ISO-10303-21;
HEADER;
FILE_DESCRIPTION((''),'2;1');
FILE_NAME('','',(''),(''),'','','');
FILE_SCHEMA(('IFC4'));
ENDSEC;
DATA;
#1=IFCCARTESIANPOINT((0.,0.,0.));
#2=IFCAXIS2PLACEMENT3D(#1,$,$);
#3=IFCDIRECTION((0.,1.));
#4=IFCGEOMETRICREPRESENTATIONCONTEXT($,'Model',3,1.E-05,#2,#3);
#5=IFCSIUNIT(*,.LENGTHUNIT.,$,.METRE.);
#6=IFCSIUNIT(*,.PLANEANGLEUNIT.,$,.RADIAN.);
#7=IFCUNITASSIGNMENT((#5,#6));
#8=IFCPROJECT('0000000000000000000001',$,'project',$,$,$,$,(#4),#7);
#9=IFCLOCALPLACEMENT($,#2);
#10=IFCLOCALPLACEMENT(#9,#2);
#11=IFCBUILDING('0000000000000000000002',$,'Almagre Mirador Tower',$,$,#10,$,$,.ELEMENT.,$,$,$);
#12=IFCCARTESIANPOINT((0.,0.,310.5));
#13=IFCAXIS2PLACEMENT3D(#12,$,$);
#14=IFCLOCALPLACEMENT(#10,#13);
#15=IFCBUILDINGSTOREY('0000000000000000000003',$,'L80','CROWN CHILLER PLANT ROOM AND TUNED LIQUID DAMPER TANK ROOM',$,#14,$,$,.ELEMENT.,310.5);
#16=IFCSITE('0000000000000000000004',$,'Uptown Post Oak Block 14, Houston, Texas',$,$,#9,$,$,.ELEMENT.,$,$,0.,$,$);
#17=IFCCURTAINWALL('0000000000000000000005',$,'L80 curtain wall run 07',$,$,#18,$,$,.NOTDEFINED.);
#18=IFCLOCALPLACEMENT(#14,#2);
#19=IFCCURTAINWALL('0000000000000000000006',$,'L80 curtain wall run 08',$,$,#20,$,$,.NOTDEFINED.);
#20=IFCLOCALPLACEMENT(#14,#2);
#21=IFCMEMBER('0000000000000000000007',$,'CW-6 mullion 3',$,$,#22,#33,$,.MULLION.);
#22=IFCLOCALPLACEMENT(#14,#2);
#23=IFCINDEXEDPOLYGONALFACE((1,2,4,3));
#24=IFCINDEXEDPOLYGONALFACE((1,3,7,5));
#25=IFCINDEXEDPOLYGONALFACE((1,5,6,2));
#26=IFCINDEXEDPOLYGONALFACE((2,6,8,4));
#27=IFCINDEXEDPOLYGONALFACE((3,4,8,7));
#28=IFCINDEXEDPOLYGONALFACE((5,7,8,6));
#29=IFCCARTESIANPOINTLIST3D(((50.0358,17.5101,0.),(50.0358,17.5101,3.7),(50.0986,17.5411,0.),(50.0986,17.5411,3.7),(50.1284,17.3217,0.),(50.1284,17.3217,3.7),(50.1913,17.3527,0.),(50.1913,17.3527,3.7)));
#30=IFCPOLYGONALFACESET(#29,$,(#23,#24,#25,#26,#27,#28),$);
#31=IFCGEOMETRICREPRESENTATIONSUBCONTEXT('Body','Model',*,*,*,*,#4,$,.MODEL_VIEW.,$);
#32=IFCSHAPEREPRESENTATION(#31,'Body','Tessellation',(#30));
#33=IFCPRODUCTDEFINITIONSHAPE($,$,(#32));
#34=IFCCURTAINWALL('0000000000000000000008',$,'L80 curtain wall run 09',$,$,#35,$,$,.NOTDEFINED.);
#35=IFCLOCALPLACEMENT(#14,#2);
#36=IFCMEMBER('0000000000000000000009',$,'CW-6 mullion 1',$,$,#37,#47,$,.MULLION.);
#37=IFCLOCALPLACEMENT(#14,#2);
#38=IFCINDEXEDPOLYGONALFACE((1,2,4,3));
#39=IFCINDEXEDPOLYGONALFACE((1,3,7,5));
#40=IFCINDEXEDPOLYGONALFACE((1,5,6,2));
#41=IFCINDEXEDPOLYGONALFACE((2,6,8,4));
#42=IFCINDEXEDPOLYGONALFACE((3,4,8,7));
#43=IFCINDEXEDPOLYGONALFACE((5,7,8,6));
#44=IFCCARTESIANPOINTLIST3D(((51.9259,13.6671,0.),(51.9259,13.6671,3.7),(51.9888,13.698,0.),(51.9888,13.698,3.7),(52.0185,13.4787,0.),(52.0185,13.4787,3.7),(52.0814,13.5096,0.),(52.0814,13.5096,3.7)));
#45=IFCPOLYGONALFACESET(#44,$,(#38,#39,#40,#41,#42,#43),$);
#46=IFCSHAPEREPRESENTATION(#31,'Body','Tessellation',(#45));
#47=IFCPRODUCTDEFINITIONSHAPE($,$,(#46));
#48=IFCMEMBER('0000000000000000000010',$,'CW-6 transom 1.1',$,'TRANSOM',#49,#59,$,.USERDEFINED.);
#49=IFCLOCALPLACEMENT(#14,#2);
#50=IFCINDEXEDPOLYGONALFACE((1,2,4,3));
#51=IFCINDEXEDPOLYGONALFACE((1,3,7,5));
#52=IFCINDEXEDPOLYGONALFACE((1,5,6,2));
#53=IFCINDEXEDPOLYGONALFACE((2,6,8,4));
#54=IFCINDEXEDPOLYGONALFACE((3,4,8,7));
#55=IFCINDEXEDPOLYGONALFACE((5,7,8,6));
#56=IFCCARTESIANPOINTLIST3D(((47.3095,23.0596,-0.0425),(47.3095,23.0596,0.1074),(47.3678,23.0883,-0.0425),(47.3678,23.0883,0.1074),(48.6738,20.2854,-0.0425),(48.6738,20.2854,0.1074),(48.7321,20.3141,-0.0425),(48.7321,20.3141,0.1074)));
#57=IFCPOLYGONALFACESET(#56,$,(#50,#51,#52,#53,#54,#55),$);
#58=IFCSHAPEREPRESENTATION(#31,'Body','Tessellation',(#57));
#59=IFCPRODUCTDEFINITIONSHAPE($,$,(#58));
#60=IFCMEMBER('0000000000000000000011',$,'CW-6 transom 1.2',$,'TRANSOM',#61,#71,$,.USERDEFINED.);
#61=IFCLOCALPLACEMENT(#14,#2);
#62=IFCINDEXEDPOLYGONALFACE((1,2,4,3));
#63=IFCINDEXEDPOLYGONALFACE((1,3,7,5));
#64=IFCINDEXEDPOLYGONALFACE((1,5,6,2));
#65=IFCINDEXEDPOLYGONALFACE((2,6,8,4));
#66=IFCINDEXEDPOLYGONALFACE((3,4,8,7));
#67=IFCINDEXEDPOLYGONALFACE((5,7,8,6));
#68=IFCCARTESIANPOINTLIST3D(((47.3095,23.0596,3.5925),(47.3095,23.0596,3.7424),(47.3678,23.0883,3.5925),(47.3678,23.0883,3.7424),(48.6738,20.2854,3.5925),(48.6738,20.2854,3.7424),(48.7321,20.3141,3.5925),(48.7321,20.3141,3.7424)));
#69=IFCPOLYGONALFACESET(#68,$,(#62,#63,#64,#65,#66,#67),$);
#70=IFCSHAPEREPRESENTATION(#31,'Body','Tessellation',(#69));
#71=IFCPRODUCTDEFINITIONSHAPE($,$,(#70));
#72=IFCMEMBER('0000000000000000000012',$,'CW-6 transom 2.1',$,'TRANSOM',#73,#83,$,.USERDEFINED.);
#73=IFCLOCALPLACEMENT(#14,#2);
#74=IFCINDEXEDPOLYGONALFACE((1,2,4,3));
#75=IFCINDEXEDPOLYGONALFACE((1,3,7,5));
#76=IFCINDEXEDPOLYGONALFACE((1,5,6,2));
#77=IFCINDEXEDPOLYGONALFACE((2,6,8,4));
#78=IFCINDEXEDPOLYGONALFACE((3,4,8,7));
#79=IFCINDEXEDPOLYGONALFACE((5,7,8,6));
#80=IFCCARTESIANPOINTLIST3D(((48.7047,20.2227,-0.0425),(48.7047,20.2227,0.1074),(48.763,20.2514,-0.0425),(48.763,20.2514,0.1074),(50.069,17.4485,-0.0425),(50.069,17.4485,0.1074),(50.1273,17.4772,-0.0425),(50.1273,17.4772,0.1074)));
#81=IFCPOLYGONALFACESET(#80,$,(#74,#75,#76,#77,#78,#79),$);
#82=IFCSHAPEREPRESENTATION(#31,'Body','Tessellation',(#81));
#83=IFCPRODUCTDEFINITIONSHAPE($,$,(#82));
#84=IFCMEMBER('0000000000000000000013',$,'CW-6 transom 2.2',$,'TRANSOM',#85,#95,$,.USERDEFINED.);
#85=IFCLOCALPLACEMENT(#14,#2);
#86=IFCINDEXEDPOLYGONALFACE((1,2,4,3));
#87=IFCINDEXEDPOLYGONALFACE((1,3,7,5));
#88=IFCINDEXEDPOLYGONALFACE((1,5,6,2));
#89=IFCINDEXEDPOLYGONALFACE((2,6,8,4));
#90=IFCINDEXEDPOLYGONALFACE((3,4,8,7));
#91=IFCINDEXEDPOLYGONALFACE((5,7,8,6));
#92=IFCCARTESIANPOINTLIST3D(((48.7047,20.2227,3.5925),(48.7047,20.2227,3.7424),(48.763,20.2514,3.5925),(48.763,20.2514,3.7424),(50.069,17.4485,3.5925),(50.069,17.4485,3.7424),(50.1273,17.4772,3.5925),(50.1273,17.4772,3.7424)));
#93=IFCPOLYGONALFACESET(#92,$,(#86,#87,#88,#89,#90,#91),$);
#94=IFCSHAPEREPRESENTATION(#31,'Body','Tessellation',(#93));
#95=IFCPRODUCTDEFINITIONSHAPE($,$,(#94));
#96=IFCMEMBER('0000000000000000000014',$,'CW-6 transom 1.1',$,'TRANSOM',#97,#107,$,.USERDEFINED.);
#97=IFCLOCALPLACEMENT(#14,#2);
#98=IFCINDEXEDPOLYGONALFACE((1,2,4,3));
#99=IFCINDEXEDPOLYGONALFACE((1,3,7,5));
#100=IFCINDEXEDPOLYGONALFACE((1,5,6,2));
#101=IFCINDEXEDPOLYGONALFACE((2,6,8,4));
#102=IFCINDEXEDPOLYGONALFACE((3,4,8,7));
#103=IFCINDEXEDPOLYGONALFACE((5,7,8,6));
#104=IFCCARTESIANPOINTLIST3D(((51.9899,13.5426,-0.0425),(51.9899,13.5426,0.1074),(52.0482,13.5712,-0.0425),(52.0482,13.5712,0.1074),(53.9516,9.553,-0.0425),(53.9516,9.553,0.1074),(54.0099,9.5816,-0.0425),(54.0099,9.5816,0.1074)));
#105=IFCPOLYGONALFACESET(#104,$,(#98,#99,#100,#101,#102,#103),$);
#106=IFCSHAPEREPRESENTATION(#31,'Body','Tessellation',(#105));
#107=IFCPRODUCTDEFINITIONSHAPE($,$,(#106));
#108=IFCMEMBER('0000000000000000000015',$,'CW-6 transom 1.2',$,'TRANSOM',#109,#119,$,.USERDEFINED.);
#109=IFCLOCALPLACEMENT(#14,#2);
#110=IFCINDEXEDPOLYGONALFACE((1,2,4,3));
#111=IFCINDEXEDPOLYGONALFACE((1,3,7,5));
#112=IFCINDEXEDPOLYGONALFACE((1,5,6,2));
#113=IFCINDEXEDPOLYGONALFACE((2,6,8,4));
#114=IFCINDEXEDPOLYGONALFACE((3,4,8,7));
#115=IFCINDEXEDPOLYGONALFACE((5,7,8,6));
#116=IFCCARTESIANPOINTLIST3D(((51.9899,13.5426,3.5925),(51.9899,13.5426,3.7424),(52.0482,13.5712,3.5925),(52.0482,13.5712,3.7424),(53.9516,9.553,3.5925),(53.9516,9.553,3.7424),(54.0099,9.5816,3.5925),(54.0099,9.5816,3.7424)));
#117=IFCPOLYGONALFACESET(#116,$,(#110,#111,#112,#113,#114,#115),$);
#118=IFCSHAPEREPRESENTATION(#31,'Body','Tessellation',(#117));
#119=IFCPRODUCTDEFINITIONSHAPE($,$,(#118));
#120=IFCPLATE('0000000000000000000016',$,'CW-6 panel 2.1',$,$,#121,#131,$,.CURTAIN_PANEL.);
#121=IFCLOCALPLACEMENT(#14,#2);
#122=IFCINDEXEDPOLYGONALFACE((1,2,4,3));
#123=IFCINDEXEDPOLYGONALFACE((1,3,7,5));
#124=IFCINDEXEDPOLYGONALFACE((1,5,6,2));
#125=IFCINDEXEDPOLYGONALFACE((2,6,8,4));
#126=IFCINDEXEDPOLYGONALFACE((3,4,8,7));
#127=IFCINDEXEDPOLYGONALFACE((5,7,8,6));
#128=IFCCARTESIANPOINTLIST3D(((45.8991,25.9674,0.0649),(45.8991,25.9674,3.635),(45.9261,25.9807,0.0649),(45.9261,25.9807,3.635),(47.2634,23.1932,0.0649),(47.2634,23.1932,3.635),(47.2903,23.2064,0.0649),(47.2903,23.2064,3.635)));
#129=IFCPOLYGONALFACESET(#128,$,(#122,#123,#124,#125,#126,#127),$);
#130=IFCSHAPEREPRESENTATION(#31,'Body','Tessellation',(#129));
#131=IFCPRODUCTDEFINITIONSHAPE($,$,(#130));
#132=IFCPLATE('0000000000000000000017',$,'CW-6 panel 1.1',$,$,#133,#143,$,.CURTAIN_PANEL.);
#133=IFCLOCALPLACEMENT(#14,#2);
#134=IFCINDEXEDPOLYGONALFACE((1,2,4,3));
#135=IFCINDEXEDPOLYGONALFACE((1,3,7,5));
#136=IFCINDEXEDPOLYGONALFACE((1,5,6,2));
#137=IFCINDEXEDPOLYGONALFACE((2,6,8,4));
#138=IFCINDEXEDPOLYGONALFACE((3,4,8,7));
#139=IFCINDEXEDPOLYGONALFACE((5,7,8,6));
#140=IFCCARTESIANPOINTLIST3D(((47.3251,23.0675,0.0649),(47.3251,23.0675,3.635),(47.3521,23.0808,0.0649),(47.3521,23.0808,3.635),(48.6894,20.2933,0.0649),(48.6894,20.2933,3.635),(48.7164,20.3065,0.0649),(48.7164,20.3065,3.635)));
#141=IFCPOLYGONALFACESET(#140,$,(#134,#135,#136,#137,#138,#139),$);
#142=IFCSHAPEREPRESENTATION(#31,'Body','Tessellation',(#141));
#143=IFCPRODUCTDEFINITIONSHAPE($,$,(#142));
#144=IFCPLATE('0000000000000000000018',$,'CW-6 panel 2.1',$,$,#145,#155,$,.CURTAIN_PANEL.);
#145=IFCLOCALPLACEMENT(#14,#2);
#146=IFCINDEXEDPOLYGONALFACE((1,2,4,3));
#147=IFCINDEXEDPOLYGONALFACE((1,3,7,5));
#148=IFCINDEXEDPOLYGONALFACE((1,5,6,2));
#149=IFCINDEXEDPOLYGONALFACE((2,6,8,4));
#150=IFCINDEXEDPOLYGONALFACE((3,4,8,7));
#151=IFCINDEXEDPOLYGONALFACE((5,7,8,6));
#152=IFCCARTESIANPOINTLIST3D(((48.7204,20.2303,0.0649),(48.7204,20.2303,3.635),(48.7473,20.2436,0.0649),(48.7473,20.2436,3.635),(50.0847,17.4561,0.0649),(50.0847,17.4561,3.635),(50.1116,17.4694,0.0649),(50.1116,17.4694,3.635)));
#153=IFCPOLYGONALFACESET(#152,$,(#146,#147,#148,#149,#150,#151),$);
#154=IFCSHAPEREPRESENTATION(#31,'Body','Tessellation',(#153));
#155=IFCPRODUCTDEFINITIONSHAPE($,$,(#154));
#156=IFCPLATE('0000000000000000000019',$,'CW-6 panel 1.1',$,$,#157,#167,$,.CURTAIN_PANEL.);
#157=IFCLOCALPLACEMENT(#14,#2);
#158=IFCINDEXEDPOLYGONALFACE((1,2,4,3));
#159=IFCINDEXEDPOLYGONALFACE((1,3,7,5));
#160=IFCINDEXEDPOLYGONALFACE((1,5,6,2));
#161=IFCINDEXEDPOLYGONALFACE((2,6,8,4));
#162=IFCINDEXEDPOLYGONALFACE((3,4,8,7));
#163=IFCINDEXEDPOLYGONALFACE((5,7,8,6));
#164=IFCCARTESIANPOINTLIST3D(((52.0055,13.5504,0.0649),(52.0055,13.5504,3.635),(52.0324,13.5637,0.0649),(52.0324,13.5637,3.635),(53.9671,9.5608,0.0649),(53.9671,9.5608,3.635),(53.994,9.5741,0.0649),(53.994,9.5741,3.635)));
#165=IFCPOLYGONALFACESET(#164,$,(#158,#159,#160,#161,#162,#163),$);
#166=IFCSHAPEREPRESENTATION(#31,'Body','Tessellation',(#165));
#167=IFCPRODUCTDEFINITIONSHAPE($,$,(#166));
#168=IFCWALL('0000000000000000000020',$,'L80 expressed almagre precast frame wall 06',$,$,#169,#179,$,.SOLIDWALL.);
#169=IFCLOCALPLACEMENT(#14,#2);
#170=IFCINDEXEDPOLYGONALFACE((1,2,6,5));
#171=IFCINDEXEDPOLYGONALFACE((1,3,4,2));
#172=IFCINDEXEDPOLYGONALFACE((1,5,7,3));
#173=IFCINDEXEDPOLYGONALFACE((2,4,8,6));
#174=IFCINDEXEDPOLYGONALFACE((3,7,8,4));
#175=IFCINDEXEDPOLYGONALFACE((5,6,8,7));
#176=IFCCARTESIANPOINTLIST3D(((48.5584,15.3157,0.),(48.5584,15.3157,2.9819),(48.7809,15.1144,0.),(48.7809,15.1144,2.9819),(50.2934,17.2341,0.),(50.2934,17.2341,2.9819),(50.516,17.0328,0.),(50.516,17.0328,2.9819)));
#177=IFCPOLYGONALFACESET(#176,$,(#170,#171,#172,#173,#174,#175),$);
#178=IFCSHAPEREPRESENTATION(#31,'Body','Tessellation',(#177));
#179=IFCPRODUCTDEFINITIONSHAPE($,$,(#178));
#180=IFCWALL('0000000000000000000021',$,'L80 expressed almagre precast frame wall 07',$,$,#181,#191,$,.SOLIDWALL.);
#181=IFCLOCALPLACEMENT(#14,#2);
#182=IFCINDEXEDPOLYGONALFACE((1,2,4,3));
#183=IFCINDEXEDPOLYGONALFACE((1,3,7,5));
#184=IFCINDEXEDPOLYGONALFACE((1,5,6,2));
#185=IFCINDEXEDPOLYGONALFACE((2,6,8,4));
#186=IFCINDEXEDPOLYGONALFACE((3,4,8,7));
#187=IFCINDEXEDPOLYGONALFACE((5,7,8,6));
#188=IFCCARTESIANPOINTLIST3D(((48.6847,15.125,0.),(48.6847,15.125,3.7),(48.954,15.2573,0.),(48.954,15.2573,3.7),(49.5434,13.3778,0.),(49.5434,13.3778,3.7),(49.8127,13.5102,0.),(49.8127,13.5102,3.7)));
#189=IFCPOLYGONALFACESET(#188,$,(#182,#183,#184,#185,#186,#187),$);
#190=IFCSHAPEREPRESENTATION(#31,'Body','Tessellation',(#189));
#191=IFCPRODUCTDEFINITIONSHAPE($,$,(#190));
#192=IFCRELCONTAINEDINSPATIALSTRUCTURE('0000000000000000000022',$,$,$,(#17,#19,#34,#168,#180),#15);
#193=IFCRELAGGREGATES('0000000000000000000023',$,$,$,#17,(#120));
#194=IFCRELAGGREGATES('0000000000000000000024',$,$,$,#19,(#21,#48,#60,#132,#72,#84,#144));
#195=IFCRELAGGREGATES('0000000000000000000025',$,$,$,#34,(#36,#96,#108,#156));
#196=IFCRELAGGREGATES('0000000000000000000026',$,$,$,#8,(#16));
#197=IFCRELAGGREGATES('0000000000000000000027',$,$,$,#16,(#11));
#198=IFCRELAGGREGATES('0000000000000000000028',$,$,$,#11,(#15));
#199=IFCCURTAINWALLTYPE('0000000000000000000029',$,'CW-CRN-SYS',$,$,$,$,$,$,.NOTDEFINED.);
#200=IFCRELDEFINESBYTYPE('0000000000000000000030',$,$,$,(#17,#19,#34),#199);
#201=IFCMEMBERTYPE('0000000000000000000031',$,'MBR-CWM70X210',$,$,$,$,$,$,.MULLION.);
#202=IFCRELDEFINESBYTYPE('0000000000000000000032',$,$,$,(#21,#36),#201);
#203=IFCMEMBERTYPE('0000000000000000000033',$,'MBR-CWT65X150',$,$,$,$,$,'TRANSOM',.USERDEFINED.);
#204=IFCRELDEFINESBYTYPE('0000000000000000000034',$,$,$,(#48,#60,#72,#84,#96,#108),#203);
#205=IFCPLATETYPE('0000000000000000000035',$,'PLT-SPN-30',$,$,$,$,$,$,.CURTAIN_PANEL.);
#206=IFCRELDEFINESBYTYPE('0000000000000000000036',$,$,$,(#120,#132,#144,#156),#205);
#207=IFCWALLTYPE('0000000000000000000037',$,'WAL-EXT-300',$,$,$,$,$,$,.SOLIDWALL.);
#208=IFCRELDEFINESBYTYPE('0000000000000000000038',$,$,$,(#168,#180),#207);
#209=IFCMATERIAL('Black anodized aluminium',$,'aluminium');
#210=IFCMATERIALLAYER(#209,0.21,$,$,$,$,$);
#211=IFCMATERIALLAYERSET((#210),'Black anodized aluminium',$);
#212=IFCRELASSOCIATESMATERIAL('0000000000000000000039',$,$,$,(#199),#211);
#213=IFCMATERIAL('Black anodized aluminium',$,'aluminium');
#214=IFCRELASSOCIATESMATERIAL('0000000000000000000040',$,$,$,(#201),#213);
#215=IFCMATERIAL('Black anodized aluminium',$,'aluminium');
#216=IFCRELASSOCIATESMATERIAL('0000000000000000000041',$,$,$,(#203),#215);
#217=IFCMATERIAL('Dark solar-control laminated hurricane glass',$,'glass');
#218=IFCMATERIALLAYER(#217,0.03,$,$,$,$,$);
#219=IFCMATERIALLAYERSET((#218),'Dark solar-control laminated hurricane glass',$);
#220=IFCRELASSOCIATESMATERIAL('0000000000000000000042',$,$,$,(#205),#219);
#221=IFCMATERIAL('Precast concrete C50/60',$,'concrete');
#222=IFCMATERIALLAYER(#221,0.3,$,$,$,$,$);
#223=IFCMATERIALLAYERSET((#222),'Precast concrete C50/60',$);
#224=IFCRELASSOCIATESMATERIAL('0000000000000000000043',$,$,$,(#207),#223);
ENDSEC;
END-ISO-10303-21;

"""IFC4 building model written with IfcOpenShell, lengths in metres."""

from ifc_helpers import new_model, si_unit, direction, frame, frame_2d, origin, origin_2d, place, context, subcontext, project, spatial, rectangle, extrude, material, layer, layer_set, material_profile, profile_set, type_object, element, aggregate, save


model = new_model("IFC4")

# Units and contexts
model_context = context("Model", 3, precision=1e-05, world=origin(), true_north=direction((0.0, 1.0)))
body_context = subcontext(model_context, "Body", "Model", "MODEL_VIEW")
ifc_project = project(units=[si_unit("LENGTHUNIT", "METRE"), si_unit("PLANEANGLEUNIT", "RADIAN")], contexts=[model_context])

# Site, building, storey
site_placement = place(None, origin())
site = spatial("IfcSite", under=ifc_project, at=site_placement, Name="Uptown Post Oak Block 14, Houston, Texas", CompositionType="ELEMENT", RefElevation=0.0)
building_placement = place(site_placement, origin())
building = spatial("IfcBuilding", under=site, at=building_placement, Name="Almagre Mirador Tower", CompositionType="ELEMENT")
storey_placement = place(building_placement, frame((0.0, 0.0, 310.5)))
storey = spatial("IfcBuildingStorey", under=building, at=storey_placement, Name="L80", Description="CROWN CHILLER PLANT ROOM AND TUNED LIQUID DAMPER TANK ROOM", CompositionType="ELEMENT", Elevation=310.5)

# Curtain wall
ifc_material_1 = material(Name="Black anodized aluminium", Category="aluminium")
ifc_layer_1 = layer(ifc_material_1, 0.21)
ifc_layer_set_1 = layer_set([ifc_layer_1], Name="Black anodized aluminium")
curtain_wall_type = type_object("IfcCurtainWallType", Name="CW-CRN-SYS", PredefinedType="NOTDEFINED", material=ifc_layer_set_1)
curtain_wall_1_placement = place(storey_placement, origin())
curtain_wall_1 = element("IfcCurtainWall", 1, at=curtain_wall_1_placement, inside=storey, type_object=curtain_wall_type, Name="L80 curtain wall run 07", PredefinedType="NOTDEFINED")
ifc_material_2 = material(Name="Black anodized aluminium", Category="aluminium")
ifc_material_profile_1 = material_profile(ifc_material_2, rectangle(XDim=0.0701, YDim=0.21, at=origin_2d()), Name="CWM70X210")
ifc_profile_set_1 = profile_set([ifc_material_profile_1], Name="Black anodized aluminium")
member_type_1 = type_object("IfcMemberType", Name="MBR-CWM70X210", PredefinedType="MULLION", material=ifc_profile_set_1)

# Curtain wall, member
curtain_wall_2_placement = place(storey_placement, origin())
curtain_wall_2 = element("IfcCurtainWall", 2, at=curtain_wall_2_placement, inside=storey, type_object=curtain_wall_type, Name="L80 curtain wall run 08", PredefinedType="NOTDEFINED")
member_1_placement = place(storey_placement, frame((50.1135, 17.4314, 0.0), z_axis=(0.0, 0.0, 1.0), x_axis=(0.897358, 0.441304, 0.0)))
member_1 = element("IfcMember", 3, at=member_1_placement, type_object=member_type_1, Name="CW-6 mullion 3", PredefinedType="MULLION", context=body_context, shape_type="SweptSolid", body=[
    extrude(rectangle(XDim=0.0701, YDim=0.21, at=origin_2d()), origin(), (0.0, 0.0, 1.0), 3.7),
])

# Curtain wall, member
curtain_wall_3_placement = place(storey_placement, origin())
curtain_wall_3 = element("IfcCurtainWall", 4, at=curtain_wall_3_placement, inside=storey, type_object=curtain_wall_type, Name="L80 curtain wall run 09", PredefinedType="NOTDEFINED")
member_2_placement = place(storey_placement, frame((52.0037, 13.5884, 0.0), z_axis=(0.0, 0.0, 1.0), x_axis=(0.897395, 0.441229, 0.0)))
member_2 = element("IfcMember", 5, at=member_2_placement, type_object=member_type_1, Name="CW-6 mullion 1", PredefinedType="MULLION", context=body_context, shape_type="SweptSolid", body=[
    extrude(rectangle(XDim=0.0701, YDim=0.21, at=origin_2d()), origin(), (0.0, 0.0, 1.0), 3.7),
])

# Members
ifc_material_3 = material(Name="Black anodized aluminium", Category="aluminium")
ifc_material_profile_2 = material_profile(ifc_material_3, rectangle(XDim=0.0649, YDim=0.1499, at=origin_2d()), Name="CWT65X150")
ifc_profile_set_2 = profile_set([ifc_material_profile_2], Name="Black anodized aluminium")
member_type_2 = type_object("IfcMemberType", Name="MBR-CWT65X150", ElementType="TRANSOM", PredefinedType="USERDEFINED", material=ifc_profile_set_2)
member_3_placement = place(storey_placement, frame((47.3386, 23.074, 0.0325), z_axis=(0.441297, -0.897361, 0.0), x_axis=(0.897361, 0.441297, 0.0)))
member_3 = element("IfcMember", 6, at=member_3_placement, type_object=member_type_2, Name="CW-6 transom 1.1", ObjectType="TRANSOM", PredefinedType="USERDEFINED", context=body_context, shape_type="SweptSolid", body=[
    extrude(rectangle(XDim=0.0649, YDim=0.1499, at=origin_2d()), origin(), (0.0, 0.0, 1.0), 3.0916),
])
member_4_placement = place(storey_placement, frame((47.3386, 23.074, 3.6675), z_axis=(0.441297, -0.897361, 0.0), x_axis=(0.897361, 0.441297, 0.0)))
member_4 = element("IfcMember", 7, at=member_4_placement, type_object=member_type_2, Name="CW-6 transom 1.2", ObjectType="TRANSOM", PredefinedType="USERDEFINED", context=body_context, shape_type="SweptSolid", body=[
    extrude(rectangle(XDim=0.0649, YDim=0.1499, at=origin_2d()), origin(), (0.0, 0.0, 1.0), 3.0916),
])
member_5_placement = place(storey_placement, frame((48.7339, 20.2371, 0.0325), z_axis=(0.441297, -0.897361, 0.0), x_axis=(0.897361, 0.441297, 0.0)))
member_5 = element("IfcMember", 8, at=member_5_placement, type_object=member_type_2, Name="CW-6 transom 2.1", ObjectType="TRANSOM", PredefinedType="USERDEFINED", context=body_context, shape_type="SweptSolid", body=[
    extrude(rectangle(XDim=0.0649, YDim=0.1499, at=origin_2d()), origin(), (0.0, 0.0, 1.0), 3.0916),
])
member_6_placement = place(storey_placement, frame((48.7339, 20.2371, 3.6675), z_axis=(0.441297, -0.897361, 0.0), x_axis=(0.897361, 0.441297, 0.0)))
member_6 = element("IfcMember", 9, at=member_6_placement, type_object=member_type_2, Name="CW-6 transom 2.2", ObjectType="TRANSOM", PredefinedType="USERDEFINED", context=body_context, shape_type="SweptSolid", body=[
    extrude(rectangle(XDim=0.0649, YDim=0.1499, at=origin_2d()), origin(), (0.0, 0.0, 1.0), 3.0916),
])
member_7_placement = place(storey_placement, frame((52.019, 13.5569, 0.0325), z_axis=(0.441251, -0.897384, 0.0), x_axis=(0.897384, 0.441251, 0.0)))
member_7 = element("IfcMember", 10, at=member_7_placement, type_object=member_type_2, Name="CW-6 transom 1.1", ObjectType="TRANSOM", PredefinedType="USERDEFINED", context=body_context, shape_type="SweptSolid", body=[
    extrude(rectangle(XDim=0.0649, YDim=0.1499, at=origin_2d()), origin(), (0.0, 0.0, 1.0), 4.4458),
])
member_8_placement = place(storey_placement, frame((52.019, 13.5569, 3.6675), z_axis=(0.441251, -0.897384, 0.0), x_axis=(0.897384, 0.441251, 0.0)))
member_8 = element("IfcMember", 11, at=member_8_placement, type_object=member_type_2, Name="CW-6 transom 1.2", ObjectType="TRANSOM", PredefinedType="USERDEFINED", context=body_context, shape_type="SweptSolid", body=[
    extrude(rectangle(XDim=0.0649, YDim=0.1499, at=origin_2d()), origin(), (0.0, 0.0, 1.0), 4.4458),
])

# Plates
ifc_material_4 = material(Name="Dark solar-control laminated hurricane glass", Category="glass")
ifc_layer_2 = layer(ifc_material_4, 0.03)
ifc_layer_set_2 = layer_set([ifc_layer_2], Name="Dark solar-control laminated hurricane glass")
plate_type = type_object("IfcPlateType", Name="PLT-SPN-30", PredefinedType="CURTAIN_PANEL", material=ifc_layer_set_2)
plate_1_placement = place(storey_placement, frame((46.5947, 24.5869, 0.0649), z_axis=(0.0, 0.0, 1.0), x_axis=(0.441298, -0.897361, 0.0)))
plate_1 = element("IfcPlate", 12, at=plate_1_placement, type_object=plate_type, Name="CW-6 panel 2.1", PredefinedType="CURTAIN_PANEL", context=body_context, shape_type="SweptSolid", body=[
    extrude(rectangle(XDim=3.0916, YDim=0.03, at=origin_2d()), origin(), (0.0, 0.0, 1.0), 3.5701),
])
aggregate(curtain_wall_1, [plate_1])
plate_2_placement = place(storey_placement, frame((48.0208, 21.687, 0.0649), z_axis=(0.0, 0.0, 1.0), x_axis=(0.441304, -0.897358, 0.0)))
plate_2 = element("IfcPlate", 13, at=plate_2_placement, type_object=plate_type, Name="CW-6 panel 1.1", PredefinedType="CURTAIN_PANEL", context=body_context, shape_type="SweptSolid", body=[
    extrude(rectangle(XDim=3.0916, YDim=0.03, at=origin_2d()), origin(), (0.0, 0.0, 1.0), 3.5701),
])
plate_3_placement = place(storey_placement, frame((49.416, 18.8499, 0.0649), z_axis=(0.0, 0.0, 1.0), x_axis=(0.441304, -0.897358, 0.0)))
plate_3 = element("IfcPlate", 14, at=plate_3_placement, type_object=plate_type, Name="CW-6 panel 2.1", PredefinedType="CURTAIN_PANEL", context=body_context, shape_type="SweptSolid", body=[
    extrude(rectangle(XDim=3.0916, YDim=0.03, at=origin_2d()), origin(), (0.0, 0.0, 1.0), 3.5701),
])
aggregate(curtain_wall_2, [member_1, member_3, member_4, plate_2, member_5, member_6, plate_3])
plate_4_placement = place(storey_placement, frame((52.9998, 11.5623, 0.0649), z_axis=(0.0, 0.0, 1.0), x_axis=(0.441229, -0.897395, 0.0)))
plate_4 = element("IfcPlate", 15, at=plate_4_placement, type_object=plate_type, Name="CW-6 panel 1.1", PredefinedType="CURTAIN_PANEL", context=body_context, shape_type="SweptSolid", body=[
    extrude(rectangle(XDim=4.4458, YDim=0.03, at=origin_2d()), origin(), (0.0, 0.0, 1.0), 3.5701),
])
aggregate(curtain_wall_3, [member_2, member_7, member_8, plate_4])

# Walls
ifc_material_5 = material(Name="Precast concrete C50/60", Category="concrete")
ifc_layer_3 = layer(ifc_material_5, 0.3)
ifc_layer_set_3 = layer_set([ifc_layer_3], Name="Precast concrete C50/60")
wall_type_1 = type_object("IfcWallType", Name="WAL-EXT-300", PredefinedType="SOLIDWALL", material=ifc_layer_set_3)
wall_1_placement = place(storey_placement, frame((50.4048, 17.1335, 0.0), z_axis=(0.0, 0.0, 1.0), x_axis=(-0.670777, -0.741659, 0.0)))
element("IfcWall", 16, at=wall_1_placement, inside=storey, type_object=wall_type_1, Name="L80 expressed almagre precast frame wall 06", PredefinedType="SOLIDWALL", context=body_context, shape_type="SweptSolid", body=[
    extrude(rectangle(XDim=2.5867, YDim=0.3, at=frame_2d((1.2935, 0.0))), origin(), (0.0, 0.0, 1.0), 2.9819),
])
wall_2_placement = place(storey_placement, frame((48.8193, 15.1912, 0.0), z_axis=(0.0, 0.0, 1.0), x_axis=(0.441083, -0.897466, 0.0)))
element("IfcWall", 17, at=wall_2_placement, inside=storey, type_object=wall_type_1, Name="L80 expressed almagre precast frame wall 07", PredefinedType="SOLIDWALL", context=body_context, shape_type="SweptSolid", body=[
    extrude(rectangle(XDim=1.9468, YDim=0.3, at=frame_2d((0.9734, 0.0))), origin(), (0.0, 0.0, 1.0), 3.7),
])

save(model, "model.ifc")
